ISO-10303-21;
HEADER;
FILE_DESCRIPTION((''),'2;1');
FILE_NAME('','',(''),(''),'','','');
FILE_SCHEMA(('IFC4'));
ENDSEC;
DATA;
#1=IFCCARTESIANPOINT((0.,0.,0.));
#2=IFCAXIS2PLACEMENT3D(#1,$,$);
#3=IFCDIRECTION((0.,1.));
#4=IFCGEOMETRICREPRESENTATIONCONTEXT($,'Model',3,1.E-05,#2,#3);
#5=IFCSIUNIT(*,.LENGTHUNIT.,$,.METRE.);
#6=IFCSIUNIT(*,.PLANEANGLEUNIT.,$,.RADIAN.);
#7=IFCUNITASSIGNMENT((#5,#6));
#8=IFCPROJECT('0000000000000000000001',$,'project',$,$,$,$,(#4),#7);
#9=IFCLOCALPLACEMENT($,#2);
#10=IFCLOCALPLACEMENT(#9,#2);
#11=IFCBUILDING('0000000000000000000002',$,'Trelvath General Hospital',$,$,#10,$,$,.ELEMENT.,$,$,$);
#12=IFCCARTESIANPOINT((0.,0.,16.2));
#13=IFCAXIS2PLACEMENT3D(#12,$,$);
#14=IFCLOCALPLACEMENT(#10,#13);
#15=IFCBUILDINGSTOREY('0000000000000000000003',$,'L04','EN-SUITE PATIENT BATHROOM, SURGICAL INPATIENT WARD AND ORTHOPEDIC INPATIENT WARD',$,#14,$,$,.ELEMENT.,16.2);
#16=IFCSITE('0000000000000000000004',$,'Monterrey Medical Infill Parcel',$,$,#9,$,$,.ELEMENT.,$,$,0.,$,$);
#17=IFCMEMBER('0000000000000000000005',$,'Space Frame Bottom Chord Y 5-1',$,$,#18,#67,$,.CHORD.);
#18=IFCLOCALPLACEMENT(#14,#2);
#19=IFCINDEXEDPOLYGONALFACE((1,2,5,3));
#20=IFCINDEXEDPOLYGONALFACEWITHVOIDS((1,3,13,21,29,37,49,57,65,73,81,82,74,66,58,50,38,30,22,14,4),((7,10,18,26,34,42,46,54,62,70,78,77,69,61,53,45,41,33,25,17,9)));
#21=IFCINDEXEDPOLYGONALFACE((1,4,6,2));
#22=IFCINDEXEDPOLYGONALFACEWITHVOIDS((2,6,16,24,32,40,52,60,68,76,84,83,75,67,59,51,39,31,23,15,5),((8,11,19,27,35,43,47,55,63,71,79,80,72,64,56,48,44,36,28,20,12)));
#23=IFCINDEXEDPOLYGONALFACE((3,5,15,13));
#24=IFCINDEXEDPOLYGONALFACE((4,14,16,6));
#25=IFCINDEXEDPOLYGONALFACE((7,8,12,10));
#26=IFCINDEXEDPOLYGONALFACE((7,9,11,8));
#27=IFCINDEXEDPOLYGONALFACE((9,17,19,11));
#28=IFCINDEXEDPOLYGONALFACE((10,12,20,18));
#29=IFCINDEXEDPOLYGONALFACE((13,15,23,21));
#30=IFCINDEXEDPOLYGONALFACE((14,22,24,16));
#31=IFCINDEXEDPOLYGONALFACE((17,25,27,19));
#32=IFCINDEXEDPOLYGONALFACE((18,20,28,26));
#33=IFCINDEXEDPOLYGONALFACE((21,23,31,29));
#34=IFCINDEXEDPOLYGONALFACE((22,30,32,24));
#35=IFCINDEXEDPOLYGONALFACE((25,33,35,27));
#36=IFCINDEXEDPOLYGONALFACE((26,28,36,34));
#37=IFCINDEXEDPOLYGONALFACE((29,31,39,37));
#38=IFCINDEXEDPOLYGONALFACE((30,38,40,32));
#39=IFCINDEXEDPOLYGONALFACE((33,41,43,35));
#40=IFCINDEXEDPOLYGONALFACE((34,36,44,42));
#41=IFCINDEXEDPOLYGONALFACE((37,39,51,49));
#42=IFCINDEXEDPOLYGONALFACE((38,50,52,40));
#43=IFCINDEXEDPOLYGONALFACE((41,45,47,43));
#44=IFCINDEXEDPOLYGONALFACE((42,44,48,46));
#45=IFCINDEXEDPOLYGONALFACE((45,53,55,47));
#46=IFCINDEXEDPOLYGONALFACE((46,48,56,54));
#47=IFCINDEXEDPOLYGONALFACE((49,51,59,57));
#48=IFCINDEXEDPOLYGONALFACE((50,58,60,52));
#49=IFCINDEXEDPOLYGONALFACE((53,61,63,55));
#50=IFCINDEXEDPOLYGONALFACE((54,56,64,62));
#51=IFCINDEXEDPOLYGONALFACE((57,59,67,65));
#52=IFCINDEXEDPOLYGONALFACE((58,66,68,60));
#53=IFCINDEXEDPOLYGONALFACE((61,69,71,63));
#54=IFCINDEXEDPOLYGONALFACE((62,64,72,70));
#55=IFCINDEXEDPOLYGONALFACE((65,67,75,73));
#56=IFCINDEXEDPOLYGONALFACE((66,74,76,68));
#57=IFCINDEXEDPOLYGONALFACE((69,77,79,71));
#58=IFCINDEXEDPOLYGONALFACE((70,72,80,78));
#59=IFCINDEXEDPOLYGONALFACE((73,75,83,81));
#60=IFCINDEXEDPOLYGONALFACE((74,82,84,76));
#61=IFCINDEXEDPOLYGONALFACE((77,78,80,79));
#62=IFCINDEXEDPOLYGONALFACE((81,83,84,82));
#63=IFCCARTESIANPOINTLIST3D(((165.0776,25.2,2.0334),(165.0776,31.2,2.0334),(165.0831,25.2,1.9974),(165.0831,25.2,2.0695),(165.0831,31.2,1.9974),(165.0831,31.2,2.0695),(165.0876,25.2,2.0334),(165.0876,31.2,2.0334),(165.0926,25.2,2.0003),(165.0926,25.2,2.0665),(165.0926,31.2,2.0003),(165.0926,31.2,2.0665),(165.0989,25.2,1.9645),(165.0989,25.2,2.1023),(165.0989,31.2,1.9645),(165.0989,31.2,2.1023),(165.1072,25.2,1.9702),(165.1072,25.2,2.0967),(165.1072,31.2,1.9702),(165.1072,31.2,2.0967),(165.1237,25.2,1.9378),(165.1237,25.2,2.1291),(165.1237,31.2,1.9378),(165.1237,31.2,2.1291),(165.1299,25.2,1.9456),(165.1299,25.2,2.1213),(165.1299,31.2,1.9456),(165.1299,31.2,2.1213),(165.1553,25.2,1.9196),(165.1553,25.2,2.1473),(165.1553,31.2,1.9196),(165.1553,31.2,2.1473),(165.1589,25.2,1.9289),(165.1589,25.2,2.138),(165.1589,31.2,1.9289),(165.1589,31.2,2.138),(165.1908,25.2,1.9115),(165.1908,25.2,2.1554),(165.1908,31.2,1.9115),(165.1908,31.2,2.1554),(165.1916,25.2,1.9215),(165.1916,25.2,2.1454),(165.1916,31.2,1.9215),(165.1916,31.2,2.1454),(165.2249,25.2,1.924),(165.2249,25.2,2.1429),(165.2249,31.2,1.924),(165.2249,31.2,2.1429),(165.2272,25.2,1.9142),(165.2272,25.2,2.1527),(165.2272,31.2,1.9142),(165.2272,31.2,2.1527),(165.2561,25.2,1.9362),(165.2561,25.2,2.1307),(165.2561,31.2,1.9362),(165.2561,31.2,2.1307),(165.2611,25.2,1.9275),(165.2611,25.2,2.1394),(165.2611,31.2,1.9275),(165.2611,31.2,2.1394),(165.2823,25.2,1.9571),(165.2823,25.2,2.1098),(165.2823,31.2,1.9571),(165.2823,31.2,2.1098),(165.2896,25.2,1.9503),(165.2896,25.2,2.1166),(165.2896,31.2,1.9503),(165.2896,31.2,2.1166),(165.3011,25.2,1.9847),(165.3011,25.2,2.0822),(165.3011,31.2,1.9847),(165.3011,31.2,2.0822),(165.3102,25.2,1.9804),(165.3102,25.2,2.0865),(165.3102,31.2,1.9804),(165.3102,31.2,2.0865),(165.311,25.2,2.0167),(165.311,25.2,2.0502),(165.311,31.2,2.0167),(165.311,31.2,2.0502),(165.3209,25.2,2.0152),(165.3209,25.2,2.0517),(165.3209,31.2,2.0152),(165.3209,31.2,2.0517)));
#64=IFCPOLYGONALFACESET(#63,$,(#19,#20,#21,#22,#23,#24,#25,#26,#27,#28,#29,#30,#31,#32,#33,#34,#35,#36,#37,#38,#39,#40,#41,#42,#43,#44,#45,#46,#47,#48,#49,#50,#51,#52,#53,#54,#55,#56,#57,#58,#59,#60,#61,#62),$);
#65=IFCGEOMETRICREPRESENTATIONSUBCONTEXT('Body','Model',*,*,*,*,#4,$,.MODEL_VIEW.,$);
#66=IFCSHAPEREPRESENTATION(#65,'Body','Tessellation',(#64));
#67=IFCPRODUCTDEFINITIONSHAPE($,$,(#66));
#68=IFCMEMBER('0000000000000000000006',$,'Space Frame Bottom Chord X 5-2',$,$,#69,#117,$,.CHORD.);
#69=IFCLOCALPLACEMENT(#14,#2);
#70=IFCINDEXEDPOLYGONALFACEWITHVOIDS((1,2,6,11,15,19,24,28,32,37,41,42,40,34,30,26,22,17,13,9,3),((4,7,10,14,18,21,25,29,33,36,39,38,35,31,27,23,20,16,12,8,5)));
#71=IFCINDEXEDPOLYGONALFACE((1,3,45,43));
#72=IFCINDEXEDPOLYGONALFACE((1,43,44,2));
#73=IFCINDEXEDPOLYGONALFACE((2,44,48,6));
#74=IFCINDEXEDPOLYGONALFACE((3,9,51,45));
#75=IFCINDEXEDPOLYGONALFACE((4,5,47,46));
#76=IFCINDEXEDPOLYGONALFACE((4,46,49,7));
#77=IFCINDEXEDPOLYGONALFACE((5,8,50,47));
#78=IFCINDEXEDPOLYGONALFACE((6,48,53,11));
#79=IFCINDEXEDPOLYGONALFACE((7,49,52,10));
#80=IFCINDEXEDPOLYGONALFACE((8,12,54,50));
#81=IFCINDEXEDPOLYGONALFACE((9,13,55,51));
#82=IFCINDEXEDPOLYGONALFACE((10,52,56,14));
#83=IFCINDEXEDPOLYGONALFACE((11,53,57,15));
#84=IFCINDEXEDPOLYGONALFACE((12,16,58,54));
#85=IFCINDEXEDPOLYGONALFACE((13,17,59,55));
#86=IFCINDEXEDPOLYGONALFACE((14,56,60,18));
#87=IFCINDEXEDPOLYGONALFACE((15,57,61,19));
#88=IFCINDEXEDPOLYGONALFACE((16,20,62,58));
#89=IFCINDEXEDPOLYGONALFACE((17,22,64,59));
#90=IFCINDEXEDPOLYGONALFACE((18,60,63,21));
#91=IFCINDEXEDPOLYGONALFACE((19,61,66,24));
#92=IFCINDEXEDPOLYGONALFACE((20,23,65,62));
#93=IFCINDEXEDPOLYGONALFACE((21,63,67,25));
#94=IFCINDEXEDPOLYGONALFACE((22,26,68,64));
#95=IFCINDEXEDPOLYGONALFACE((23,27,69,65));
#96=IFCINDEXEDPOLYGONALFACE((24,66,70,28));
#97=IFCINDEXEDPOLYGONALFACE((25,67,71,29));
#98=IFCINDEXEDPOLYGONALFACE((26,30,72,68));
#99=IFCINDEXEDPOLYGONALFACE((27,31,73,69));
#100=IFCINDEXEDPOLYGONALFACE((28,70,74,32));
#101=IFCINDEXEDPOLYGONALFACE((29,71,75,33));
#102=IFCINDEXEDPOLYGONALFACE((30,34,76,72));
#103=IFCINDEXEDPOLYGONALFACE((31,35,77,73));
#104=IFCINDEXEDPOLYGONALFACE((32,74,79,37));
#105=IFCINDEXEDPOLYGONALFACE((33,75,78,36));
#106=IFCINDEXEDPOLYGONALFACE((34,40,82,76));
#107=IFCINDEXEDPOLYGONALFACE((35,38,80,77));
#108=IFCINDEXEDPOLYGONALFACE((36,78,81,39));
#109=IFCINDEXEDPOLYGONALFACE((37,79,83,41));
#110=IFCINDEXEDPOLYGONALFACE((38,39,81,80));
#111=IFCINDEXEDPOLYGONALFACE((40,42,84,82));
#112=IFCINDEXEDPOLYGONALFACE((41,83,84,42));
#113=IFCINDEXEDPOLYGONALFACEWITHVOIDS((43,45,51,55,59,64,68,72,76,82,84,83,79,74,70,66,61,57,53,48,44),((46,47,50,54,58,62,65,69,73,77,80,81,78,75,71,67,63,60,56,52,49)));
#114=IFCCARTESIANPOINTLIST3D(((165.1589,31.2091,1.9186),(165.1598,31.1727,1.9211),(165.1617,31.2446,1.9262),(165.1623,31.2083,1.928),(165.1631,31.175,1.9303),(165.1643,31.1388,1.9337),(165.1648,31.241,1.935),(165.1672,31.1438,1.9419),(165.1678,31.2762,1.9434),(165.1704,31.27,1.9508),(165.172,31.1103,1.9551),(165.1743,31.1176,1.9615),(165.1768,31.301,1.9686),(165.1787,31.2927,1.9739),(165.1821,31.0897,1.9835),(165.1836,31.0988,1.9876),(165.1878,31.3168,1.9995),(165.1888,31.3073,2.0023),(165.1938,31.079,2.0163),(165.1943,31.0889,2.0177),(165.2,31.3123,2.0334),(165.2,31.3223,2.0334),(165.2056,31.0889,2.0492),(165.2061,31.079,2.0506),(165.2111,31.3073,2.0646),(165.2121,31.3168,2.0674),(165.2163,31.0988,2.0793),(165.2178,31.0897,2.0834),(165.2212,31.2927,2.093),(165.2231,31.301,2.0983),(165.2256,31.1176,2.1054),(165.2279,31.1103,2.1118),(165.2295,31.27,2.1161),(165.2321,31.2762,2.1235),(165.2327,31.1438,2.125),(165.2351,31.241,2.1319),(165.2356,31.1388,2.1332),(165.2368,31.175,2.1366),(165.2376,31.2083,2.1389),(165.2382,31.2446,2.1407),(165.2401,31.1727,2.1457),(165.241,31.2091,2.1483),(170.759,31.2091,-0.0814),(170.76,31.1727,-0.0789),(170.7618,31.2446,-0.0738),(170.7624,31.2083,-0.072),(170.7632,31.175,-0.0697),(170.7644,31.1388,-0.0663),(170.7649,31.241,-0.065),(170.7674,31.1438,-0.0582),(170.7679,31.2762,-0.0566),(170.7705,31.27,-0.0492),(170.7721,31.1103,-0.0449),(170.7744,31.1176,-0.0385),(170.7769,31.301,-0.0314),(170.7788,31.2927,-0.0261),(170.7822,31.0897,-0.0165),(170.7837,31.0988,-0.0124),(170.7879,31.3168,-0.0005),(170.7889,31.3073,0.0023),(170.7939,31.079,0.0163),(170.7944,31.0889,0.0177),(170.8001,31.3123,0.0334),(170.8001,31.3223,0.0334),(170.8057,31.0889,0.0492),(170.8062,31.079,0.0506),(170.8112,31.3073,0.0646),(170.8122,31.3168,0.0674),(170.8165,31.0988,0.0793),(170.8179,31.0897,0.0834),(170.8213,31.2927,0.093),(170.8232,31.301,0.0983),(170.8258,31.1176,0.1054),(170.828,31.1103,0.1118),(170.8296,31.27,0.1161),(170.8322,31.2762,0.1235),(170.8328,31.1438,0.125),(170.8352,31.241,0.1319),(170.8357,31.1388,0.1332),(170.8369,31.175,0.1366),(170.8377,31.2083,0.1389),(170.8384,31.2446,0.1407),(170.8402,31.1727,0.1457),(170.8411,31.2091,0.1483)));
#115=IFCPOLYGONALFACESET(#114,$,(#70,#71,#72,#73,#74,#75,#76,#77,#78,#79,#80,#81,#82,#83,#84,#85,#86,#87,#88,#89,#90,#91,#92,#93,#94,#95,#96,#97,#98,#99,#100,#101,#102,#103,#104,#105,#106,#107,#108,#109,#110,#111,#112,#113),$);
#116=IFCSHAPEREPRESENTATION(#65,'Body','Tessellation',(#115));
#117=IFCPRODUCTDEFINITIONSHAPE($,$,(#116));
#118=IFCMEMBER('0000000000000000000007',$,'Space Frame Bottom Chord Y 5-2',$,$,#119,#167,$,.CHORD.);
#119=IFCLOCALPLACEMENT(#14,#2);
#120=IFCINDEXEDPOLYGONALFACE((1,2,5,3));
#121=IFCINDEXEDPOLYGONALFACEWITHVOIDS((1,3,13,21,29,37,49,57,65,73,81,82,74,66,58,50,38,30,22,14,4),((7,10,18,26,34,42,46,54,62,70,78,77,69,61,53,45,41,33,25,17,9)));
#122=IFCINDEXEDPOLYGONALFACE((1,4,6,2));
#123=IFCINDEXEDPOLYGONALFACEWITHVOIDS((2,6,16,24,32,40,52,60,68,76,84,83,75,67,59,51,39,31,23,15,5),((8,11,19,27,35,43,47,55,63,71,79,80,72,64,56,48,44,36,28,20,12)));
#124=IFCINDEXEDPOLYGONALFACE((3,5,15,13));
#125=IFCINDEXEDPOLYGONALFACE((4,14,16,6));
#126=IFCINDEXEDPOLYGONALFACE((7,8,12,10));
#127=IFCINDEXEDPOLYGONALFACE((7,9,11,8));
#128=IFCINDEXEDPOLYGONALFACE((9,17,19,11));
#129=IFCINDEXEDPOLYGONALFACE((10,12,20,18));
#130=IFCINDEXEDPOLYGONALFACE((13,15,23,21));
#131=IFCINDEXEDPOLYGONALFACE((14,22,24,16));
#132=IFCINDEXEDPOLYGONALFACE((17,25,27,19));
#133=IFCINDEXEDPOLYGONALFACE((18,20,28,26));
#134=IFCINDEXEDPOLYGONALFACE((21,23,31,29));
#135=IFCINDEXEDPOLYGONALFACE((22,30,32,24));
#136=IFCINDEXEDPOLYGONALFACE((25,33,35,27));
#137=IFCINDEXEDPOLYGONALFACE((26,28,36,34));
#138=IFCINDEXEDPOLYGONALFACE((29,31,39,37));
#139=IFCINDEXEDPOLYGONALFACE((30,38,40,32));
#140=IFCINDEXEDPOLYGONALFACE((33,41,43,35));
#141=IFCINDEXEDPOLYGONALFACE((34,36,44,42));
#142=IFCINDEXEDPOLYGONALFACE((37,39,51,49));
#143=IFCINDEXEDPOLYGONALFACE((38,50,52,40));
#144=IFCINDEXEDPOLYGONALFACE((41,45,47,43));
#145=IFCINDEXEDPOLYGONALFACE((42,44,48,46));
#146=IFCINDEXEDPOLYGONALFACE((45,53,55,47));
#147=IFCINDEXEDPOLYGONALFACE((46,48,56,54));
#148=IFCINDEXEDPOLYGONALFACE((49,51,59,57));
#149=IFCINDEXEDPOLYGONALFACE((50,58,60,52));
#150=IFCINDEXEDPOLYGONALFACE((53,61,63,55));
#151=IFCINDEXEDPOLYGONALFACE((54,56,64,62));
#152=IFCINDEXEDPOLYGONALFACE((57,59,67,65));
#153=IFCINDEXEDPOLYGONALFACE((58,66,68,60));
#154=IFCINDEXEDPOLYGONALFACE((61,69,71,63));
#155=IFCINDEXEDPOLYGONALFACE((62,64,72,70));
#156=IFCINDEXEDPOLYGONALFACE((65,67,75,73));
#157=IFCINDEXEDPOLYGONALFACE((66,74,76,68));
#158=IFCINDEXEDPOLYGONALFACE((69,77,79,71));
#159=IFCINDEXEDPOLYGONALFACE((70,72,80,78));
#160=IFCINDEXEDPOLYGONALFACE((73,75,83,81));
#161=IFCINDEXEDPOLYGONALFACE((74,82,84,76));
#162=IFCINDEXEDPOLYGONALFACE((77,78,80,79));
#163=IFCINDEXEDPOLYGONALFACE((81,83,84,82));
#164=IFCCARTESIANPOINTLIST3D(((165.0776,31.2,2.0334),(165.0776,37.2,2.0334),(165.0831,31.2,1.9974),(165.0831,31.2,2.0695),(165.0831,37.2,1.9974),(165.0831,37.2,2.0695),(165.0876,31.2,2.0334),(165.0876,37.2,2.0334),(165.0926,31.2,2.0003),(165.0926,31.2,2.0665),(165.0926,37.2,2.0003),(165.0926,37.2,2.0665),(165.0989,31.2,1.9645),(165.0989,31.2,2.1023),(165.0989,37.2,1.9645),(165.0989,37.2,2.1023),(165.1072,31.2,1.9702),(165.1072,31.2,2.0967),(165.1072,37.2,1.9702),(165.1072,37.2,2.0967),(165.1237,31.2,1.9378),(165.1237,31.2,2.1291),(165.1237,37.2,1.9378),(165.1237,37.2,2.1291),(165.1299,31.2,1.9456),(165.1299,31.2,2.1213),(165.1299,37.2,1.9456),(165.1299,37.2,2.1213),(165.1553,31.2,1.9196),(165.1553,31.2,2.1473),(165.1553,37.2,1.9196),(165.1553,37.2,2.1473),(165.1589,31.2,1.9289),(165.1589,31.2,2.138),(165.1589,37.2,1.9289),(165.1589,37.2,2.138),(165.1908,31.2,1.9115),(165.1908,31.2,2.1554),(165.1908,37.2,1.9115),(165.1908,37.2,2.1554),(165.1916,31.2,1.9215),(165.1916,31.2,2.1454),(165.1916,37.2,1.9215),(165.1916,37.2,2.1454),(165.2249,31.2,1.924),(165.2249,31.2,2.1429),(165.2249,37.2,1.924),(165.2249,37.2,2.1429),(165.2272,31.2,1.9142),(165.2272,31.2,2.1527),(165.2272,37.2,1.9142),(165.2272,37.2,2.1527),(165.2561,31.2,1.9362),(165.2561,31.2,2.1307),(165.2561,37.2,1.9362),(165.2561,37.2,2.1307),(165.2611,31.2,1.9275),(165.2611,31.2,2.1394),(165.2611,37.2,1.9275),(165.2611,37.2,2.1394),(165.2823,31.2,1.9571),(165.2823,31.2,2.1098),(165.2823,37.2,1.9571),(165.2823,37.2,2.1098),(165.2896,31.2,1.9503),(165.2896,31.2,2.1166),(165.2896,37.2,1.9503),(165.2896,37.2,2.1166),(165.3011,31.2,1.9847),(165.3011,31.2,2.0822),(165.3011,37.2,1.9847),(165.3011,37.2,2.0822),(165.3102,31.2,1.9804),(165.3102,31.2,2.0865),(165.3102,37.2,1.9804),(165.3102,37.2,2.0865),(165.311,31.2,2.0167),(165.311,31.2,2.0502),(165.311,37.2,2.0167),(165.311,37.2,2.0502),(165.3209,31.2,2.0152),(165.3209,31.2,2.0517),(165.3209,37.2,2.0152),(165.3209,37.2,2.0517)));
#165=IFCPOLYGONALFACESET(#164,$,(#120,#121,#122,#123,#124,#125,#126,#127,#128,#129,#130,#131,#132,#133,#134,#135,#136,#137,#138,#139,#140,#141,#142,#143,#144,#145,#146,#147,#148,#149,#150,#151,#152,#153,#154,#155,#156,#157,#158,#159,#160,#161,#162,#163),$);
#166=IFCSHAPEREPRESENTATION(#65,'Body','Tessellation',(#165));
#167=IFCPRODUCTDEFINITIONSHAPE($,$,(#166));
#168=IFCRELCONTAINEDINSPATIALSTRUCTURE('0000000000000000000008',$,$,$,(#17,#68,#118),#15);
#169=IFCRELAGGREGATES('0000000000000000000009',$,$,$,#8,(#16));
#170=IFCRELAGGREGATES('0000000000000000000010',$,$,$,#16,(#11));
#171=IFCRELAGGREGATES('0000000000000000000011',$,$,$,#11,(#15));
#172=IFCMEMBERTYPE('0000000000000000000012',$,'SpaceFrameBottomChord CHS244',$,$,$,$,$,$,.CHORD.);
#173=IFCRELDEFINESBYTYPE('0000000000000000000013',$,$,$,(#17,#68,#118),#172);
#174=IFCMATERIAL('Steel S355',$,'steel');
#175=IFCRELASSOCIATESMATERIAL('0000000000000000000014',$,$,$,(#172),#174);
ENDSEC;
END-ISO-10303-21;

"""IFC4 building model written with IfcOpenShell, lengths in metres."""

from ifc_helpers import new_model, si_unit, direction, frame, origin, origin_2d, place, context, subcontext, project, spatial, hollow_circle, extrude, material, material_profile, profile_set, type_object, element, save


model = new_model("IFC4")

# Units and contexts
model_context = context("Model", 3, precision=1e-05, world=origin(), true_north=direction((0.0, 1.0)))
body_context = subcontext(model_context, "Body", "Model", "MODEL_VIEW")
ifc_project = project(units=[si_unit("LENGTHUNIT", "METRE"), si_unit("PLANEANGLEUNIT", "RADIAN")], contexts=[model_context])

# Site, building, storey
site_placement = place(None, origin())
site = spatial("IfcSite", under=ifc_project, at=site_placement, Name="Monterrey Medical Infill Parcel", CompositionType="ELEMENT", RefElevation=0.0)
building_placement = place(site_placement, origin())
building = spatial("IfcBuilding", under=site, at=building_placement, Name="Trelvath General Hospital", CompositionType="ELEMENT")
storey_placement = place(building_placement, frame((0.0, 0.0, 16.2)))
storey = spatial("IfcBuildingStorey", under=building, at=storey_placement, Name="L04", Description="EN-SUITE PATIENT BATHROOM, SURGICAL INPATIENT WARD AND ORTHOPEDIC INPATIENT WARD", CompositionType="ELEMENT", Elevation=16.2)

# Members
ifc_material_1 = material(Name="Steel S355", Category="steel")
ifc_material_profile_1 = material_profile(ifc_material_1, hollow_circle(Radius=0.1223, WallThickness=0.01, at=origin_2d()), Name="CHS244.5x10.0")
ifc_profile_set_1 = profile_set([ifc_material_profile_1], Name="Steel S355")
member_type_1 = type_object("IfcMemberType", Name="SpaceFrameBottomChord CHS244", PredefinedType="CHORD", material=ifc_profile_set_1)
member_1_placement = place(storey_placement, frame((165.2, 25.2, 2.0334), z_axis=(0.0, 1.0, 0.0), x_axis=(-1.0, 0.0, 0.0)))
element("IfcMember", 1, at=member_1_placement, inside=storey, type_object=member_type_1, Name="Space Frame Bottom Chord Y 5-1", PredefinedType="CHORD", context=body_context, shape_type="SweptSolid", body=[
    extrude(hollow_circle(Radius=0.1223, WallThickness=0.01, at=origin_2d()), origin(), (0.0, 0.0, 1.0), 6.0),
])
member_2_placement = place(storey_placement, frame((165.2, 31.2, 2.0334), z_axis=(0.941744, 0.0, -0.336331), x_axis=(0.0, 1.0, 0.0)))
element("IfcMember", 2, at=member_2_placement, inside=storey, type_object=member_type_1, Name="Space Frame Bottom Chord X 5-2", PredefinedType="CHORD", context=body_context, shape_type="SweptSolid", body=[
    extrude(hollow_circle(Radius=0.1223, WallThickness=0.01, at=origin_2d()), origin(), (0.0, 0.0, 1.0), 5.9465),
])
for number, where, z_axis, x_axis, name in (
    (3, (165.2, 31.2, 2.0334), (0.0, 1.0, 0.0), (-1.0, 0.0, 0.0), "Space Frame Bottom Chord Y 5-2"),
):
    element("IfcMember", number, at=place(storey_placement, frame(where, z_axis=z_axis, x_axis=x_axis)), inside=storey, type_object=member_type_1, Name=name, PredefinedType="CHORD", context=body_context, shape_type="SweptSolid", body=[
        extrude(hollow_circle(Radius=0.1223, WallThickness=0.01, at=origin_2d()), origin(), (0.0, 0.0, 1.0), 6.0),
    ])

save(model, "model.ifc")
